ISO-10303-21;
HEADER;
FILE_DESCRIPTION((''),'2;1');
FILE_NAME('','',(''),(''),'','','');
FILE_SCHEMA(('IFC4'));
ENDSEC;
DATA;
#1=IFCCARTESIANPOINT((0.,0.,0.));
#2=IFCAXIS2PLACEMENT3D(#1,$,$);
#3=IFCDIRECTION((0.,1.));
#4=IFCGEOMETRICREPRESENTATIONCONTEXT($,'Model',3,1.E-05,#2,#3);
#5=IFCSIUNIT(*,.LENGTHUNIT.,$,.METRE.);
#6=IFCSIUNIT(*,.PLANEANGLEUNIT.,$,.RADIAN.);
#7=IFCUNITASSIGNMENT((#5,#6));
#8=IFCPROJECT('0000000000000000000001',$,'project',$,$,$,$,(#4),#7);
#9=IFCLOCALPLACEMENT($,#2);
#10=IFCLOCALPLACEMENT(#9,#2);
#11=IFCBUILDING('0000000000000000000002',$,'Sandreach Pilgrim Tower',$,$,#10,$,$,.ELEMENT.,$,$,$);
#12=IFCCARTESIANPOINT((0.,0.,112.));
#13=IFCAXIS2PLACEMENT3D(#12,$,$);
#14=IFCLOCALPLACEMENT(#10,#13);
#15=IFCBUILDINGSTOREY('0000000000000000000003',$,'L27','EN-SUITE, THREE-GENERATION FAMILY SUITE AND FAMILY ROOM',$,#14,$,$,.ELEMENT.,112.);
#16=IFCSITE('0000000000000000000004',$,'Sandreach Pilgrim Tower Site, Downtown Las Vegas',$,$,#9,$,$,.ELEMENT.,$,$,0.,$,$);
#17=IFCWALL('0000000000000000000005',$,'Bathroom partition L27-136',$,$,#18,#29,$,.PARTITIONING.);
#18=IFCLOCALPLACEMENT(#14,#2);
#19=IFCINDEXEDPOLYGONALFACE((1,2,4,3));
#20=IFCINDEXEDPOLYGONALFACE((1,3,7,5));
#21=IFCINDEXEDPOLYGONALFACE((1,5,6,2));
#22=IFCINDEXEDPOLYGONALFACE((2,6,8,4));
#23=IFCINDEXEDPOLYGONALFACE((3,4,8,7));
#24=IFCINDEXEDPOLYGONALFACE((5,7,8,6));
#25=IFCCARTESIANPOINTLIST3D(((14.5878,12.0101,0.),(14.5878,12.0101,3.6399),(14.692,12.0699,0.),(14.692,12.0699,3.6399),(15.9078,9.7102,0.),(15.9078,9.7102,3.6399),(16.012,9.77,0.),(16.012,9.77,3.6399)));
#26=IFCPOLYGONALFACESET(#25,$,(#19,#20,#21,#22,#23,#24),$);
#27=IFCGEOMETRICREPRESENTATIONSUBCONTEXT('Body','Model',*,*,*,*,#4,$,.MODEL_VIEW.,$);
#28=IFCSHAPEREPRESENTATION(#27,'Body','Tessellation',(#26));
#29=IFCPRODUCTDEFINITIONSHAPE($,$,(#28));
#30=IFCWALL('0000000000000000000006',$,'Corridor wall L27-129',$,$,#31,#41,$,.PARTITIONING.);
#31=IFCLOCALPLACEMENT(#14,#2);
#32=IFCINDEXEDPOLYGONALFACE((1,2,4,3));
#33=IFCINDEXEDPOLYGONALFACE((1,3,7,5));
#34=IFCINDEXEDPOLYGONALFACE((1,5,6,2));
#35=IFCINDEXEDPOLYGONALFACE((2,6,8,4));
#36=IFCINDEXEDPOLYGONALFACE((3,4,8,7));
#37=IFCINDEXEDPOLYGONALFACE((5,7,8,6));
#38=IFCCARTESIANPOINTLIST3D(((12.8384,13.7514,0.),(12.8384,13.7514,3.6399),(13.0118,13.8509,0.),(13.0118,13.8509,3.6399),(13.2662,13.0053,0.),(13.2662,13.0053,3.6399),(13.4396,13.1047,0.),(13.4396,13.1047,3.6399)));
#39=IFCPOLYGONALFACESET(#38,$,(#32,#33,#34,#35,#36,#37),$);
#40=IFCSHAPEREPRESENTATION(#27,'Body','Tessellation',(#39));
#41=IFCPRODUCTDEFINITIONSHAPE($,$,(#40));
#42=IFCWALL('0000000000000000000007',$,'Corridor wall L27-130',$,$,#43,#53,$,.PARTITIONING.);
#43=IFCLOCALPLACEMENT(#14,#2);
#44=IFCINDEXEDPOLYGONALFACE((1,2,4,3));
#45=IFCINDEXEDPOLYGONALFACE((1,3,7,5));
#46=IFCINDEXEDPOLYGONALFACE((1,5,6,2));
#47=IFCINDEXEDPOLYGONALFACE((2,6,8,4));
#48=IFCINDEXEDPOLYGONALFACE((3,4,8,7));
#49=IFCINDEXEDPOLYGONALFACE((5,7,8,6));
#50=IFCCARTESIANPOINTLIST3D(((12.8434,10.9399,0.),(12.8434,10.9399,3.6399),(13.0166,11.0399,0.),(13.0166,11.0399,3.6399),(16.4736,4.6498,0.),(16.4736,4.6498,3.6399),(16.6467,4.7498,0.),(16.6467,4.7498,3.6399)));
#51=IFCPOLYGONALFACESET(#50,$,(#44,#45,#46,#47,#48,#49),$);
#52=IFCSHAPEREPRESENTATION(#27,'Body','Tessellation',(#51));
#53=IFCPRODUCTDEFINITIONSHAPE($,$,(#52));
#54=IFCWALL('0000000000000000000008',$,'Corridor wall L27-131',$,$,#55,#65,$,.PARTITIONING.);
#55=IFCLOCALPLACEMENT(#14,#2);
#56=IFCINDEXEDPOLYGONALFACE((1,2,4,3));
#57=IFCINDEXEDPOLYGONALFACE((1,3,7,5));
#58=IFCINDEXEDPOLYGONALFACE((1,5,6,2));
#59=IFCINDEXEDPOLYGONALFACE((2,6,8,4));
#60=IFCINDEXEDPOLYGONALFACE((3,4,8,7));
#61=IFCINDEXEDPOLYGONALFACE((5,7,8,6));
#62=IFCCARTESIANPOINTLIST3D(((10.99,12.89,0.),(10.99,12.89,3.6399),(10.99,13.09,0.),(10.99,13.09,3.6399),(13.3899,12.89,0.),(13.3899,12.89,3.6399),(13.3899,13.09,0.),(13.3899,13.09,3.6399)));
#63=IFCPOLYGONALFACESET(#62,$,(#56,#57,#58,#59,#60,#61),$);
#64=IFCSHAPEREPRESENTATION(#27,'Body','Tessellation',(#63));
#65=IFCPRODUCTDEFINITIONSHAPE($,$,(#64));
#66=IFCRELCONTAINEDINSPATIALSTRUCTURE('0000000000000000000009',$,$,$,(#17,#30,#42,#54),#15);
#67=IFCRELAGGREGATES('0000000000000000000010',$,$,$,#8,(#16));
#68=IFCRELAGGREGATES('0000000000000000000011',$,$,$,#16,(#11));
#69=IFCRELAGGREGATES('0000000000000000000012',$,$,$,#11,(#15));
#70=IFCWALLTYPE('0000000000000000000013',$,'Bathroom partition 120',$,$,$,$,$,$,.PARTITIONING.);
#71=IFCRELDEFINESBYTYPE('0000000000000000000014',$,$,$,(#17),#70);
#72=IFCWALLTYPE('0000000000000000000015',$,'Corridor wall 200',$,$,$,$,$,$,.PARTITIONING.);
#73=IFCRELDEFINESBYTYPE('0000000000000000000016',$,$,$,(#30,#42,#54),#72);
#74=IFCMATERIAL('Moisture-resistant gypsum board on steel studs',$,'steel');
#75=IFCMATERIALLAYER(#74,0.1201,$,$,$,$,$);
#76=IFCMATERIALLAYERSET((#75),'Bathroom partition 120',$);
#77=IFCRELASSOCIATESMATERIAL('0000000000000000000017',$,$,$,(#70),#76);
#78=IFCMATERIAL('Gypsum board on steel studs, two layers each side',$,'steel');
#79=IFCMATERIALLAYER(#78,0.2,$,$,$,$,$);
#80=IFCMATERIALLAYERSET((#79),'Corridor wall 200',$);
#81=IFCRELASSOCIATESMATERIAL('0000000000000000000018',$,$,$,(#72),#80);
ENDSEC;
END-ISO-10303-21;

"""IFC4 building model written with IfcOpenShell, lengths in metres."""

from ifc_helpers import new_model, si_unit, direction, frame, frame_2d, origin, place, context, subcontext, project, spatial, rectangle, extrude, material, layer, layer_set, type_object, element, save


model = new_model("IFC4")

# Units and contexts
model_context = context("Model", 3, precision=1e-05, world=origin(), true_north=direction((0.0, 1.0)))
body_context = subcontext(model_context, "Body", "Model", "MODEL_VIEW")
ifc_project = project(units=[si_unit("LENGTHUNIT", "METRE"), si_unit("PLANEANGLEUNIT", "RADIAN")], contexts=[model_context])

# Site, building, storey
site_placement = place(None, origin())
site = spatial("IfcSite", under=ifc_project, at=site_placement, Name="Sandreach Pilgrim Tower Site, Downtown Las Vegas", CompositionType="ELEMENT", RefElevation=0.0)
building_placement = place(site_placement, origin())
building = spatial("IfcBuilding", under=site, at=building_placement, Name="Sandreach Pilgrim Tower", CompositionType="ELEMENT")
storey_placement = place(building_placement, frame((0.0, 0.0, 112.0)))
storey = spatial("IfcBuildingStorey", under=building, at=storey_placement, Name="L27", Description="EN-SUITE, THREE-GENERATION FAMILY SUITE AND FAMILY ROOM", CompositionType="ELEMENT", Elevation=112.0)

# Shared definitions
ifc_material_1 = material(Name="Moisture-resistant gypsum board on steel studs", Category="steel")
ifc_layer_1 = layer(ifc_material_1, 0.1201)
ifc_layer_set_1 = layer_set([ifc_layer_1], Name="Bathroom partition 120")
wall_type_1 = type_object("IfcWallType", Name="Bathroom partition 120", PredefinedType="PARTITIONING", material=ifc_layer_set_1)

# Wall
wall_1_placement = place(storey_placement, frame((14.6399, 12.04, 0.0), z_axis=(0.0, 0.0, 1.0), x_axis=(0.497774, -0.867307, 0.0)))
element("IfcWall", 1, at=wall_1_placement, inside=storey, type_object=wall_type_1, Name="Bathroom partition L27-136", PredefinedType="PARTITIONING", context=body_context, shape_type="SweptSolid", body=[
    extrude(rectangle(XDim=2.6519, YDim=0.1201, at=frame_2d((1.3259, 0.0))), origin(), (0.0, 0.0, 1.0), 3.6399),
])

# Shared definitions
ifc_material_2 = material(Name="Gypsum board on steel studs, two layers each side", Category="steel")
ifc_layer_2 = layer(ifc_material_2, 0.2)
ifc_layer_set_2 = layer_set([ifc_layer_2], Name="Corridor wall 200")
wall_type_2 = type_object("IfcWallType", Name="Corridor wall 200", PredefinedType="PARTITIONING", material=ifc_layer_set_2)

# Walls
wall_2_placement = place(storey_placement, frame((12.925, 13.8013, 0.0), z_axis=(0.0, 0.0, 1.0), x_axis=(0.497361, -0.867543, 0.0)))
element("IfcWall", 2, at=wall_2_placement, inside=storey, type_object=wall_type_2, Name="Corridor wall L27-129", PredefinedType="PARTITIONING", context=body_context, shape_type="SweptSolid", body=[
    extrude(rectangle(XDim=0.8601, YDim=0.2, at=frame_2d((0.4302, 0.0))), origin(), (0.0, 0.0, 1.0), 3.6399),
])
wall_3_placement = place(storey_placement, frame((12.9299, 10.99, 0.0), z_axis=(0.0, 0.0, 1.0), x_axis=(0.499852, -0.866111, 0.0)))
element("IfcWall", 3, at=wall_3_placement, inside=storey, type_object=wall_type_2, Name="Corridor wall L27-130", PredefinedType="PARTITIONING", context=body_context, shape_type="SweptSolid", body=[
    extrude(rectangle(XDim=7.2625, YDim=0.2, at=frame_2d((3.6313, 0.0))), origin(), (0.0, 0.0, 1.0), 3.6399),
])
wall_4_placement = place(storey_placement, frame((13.3899, 12.99, 0.0), z_axis=(0.0, 0.0, 1.0), x_axis=(-1.0, 0.0, 0.0)))
element("IfcWall", 4, at=wall_4_placement, inside=storey, type_object=wall_type_2, Name="Corridor wall L27-131", PredefinedType="PARTITIONING", context=body_context, shape_type="SweptSolid", body=[
    extrude(rectangle(XDim=2.3999, YDim=0.2, at=frame_2d((1.2, 0.0))), origin(), (0.0, 0.0, 1.0), 3.6399),
])

save(model, "model.ifc")
